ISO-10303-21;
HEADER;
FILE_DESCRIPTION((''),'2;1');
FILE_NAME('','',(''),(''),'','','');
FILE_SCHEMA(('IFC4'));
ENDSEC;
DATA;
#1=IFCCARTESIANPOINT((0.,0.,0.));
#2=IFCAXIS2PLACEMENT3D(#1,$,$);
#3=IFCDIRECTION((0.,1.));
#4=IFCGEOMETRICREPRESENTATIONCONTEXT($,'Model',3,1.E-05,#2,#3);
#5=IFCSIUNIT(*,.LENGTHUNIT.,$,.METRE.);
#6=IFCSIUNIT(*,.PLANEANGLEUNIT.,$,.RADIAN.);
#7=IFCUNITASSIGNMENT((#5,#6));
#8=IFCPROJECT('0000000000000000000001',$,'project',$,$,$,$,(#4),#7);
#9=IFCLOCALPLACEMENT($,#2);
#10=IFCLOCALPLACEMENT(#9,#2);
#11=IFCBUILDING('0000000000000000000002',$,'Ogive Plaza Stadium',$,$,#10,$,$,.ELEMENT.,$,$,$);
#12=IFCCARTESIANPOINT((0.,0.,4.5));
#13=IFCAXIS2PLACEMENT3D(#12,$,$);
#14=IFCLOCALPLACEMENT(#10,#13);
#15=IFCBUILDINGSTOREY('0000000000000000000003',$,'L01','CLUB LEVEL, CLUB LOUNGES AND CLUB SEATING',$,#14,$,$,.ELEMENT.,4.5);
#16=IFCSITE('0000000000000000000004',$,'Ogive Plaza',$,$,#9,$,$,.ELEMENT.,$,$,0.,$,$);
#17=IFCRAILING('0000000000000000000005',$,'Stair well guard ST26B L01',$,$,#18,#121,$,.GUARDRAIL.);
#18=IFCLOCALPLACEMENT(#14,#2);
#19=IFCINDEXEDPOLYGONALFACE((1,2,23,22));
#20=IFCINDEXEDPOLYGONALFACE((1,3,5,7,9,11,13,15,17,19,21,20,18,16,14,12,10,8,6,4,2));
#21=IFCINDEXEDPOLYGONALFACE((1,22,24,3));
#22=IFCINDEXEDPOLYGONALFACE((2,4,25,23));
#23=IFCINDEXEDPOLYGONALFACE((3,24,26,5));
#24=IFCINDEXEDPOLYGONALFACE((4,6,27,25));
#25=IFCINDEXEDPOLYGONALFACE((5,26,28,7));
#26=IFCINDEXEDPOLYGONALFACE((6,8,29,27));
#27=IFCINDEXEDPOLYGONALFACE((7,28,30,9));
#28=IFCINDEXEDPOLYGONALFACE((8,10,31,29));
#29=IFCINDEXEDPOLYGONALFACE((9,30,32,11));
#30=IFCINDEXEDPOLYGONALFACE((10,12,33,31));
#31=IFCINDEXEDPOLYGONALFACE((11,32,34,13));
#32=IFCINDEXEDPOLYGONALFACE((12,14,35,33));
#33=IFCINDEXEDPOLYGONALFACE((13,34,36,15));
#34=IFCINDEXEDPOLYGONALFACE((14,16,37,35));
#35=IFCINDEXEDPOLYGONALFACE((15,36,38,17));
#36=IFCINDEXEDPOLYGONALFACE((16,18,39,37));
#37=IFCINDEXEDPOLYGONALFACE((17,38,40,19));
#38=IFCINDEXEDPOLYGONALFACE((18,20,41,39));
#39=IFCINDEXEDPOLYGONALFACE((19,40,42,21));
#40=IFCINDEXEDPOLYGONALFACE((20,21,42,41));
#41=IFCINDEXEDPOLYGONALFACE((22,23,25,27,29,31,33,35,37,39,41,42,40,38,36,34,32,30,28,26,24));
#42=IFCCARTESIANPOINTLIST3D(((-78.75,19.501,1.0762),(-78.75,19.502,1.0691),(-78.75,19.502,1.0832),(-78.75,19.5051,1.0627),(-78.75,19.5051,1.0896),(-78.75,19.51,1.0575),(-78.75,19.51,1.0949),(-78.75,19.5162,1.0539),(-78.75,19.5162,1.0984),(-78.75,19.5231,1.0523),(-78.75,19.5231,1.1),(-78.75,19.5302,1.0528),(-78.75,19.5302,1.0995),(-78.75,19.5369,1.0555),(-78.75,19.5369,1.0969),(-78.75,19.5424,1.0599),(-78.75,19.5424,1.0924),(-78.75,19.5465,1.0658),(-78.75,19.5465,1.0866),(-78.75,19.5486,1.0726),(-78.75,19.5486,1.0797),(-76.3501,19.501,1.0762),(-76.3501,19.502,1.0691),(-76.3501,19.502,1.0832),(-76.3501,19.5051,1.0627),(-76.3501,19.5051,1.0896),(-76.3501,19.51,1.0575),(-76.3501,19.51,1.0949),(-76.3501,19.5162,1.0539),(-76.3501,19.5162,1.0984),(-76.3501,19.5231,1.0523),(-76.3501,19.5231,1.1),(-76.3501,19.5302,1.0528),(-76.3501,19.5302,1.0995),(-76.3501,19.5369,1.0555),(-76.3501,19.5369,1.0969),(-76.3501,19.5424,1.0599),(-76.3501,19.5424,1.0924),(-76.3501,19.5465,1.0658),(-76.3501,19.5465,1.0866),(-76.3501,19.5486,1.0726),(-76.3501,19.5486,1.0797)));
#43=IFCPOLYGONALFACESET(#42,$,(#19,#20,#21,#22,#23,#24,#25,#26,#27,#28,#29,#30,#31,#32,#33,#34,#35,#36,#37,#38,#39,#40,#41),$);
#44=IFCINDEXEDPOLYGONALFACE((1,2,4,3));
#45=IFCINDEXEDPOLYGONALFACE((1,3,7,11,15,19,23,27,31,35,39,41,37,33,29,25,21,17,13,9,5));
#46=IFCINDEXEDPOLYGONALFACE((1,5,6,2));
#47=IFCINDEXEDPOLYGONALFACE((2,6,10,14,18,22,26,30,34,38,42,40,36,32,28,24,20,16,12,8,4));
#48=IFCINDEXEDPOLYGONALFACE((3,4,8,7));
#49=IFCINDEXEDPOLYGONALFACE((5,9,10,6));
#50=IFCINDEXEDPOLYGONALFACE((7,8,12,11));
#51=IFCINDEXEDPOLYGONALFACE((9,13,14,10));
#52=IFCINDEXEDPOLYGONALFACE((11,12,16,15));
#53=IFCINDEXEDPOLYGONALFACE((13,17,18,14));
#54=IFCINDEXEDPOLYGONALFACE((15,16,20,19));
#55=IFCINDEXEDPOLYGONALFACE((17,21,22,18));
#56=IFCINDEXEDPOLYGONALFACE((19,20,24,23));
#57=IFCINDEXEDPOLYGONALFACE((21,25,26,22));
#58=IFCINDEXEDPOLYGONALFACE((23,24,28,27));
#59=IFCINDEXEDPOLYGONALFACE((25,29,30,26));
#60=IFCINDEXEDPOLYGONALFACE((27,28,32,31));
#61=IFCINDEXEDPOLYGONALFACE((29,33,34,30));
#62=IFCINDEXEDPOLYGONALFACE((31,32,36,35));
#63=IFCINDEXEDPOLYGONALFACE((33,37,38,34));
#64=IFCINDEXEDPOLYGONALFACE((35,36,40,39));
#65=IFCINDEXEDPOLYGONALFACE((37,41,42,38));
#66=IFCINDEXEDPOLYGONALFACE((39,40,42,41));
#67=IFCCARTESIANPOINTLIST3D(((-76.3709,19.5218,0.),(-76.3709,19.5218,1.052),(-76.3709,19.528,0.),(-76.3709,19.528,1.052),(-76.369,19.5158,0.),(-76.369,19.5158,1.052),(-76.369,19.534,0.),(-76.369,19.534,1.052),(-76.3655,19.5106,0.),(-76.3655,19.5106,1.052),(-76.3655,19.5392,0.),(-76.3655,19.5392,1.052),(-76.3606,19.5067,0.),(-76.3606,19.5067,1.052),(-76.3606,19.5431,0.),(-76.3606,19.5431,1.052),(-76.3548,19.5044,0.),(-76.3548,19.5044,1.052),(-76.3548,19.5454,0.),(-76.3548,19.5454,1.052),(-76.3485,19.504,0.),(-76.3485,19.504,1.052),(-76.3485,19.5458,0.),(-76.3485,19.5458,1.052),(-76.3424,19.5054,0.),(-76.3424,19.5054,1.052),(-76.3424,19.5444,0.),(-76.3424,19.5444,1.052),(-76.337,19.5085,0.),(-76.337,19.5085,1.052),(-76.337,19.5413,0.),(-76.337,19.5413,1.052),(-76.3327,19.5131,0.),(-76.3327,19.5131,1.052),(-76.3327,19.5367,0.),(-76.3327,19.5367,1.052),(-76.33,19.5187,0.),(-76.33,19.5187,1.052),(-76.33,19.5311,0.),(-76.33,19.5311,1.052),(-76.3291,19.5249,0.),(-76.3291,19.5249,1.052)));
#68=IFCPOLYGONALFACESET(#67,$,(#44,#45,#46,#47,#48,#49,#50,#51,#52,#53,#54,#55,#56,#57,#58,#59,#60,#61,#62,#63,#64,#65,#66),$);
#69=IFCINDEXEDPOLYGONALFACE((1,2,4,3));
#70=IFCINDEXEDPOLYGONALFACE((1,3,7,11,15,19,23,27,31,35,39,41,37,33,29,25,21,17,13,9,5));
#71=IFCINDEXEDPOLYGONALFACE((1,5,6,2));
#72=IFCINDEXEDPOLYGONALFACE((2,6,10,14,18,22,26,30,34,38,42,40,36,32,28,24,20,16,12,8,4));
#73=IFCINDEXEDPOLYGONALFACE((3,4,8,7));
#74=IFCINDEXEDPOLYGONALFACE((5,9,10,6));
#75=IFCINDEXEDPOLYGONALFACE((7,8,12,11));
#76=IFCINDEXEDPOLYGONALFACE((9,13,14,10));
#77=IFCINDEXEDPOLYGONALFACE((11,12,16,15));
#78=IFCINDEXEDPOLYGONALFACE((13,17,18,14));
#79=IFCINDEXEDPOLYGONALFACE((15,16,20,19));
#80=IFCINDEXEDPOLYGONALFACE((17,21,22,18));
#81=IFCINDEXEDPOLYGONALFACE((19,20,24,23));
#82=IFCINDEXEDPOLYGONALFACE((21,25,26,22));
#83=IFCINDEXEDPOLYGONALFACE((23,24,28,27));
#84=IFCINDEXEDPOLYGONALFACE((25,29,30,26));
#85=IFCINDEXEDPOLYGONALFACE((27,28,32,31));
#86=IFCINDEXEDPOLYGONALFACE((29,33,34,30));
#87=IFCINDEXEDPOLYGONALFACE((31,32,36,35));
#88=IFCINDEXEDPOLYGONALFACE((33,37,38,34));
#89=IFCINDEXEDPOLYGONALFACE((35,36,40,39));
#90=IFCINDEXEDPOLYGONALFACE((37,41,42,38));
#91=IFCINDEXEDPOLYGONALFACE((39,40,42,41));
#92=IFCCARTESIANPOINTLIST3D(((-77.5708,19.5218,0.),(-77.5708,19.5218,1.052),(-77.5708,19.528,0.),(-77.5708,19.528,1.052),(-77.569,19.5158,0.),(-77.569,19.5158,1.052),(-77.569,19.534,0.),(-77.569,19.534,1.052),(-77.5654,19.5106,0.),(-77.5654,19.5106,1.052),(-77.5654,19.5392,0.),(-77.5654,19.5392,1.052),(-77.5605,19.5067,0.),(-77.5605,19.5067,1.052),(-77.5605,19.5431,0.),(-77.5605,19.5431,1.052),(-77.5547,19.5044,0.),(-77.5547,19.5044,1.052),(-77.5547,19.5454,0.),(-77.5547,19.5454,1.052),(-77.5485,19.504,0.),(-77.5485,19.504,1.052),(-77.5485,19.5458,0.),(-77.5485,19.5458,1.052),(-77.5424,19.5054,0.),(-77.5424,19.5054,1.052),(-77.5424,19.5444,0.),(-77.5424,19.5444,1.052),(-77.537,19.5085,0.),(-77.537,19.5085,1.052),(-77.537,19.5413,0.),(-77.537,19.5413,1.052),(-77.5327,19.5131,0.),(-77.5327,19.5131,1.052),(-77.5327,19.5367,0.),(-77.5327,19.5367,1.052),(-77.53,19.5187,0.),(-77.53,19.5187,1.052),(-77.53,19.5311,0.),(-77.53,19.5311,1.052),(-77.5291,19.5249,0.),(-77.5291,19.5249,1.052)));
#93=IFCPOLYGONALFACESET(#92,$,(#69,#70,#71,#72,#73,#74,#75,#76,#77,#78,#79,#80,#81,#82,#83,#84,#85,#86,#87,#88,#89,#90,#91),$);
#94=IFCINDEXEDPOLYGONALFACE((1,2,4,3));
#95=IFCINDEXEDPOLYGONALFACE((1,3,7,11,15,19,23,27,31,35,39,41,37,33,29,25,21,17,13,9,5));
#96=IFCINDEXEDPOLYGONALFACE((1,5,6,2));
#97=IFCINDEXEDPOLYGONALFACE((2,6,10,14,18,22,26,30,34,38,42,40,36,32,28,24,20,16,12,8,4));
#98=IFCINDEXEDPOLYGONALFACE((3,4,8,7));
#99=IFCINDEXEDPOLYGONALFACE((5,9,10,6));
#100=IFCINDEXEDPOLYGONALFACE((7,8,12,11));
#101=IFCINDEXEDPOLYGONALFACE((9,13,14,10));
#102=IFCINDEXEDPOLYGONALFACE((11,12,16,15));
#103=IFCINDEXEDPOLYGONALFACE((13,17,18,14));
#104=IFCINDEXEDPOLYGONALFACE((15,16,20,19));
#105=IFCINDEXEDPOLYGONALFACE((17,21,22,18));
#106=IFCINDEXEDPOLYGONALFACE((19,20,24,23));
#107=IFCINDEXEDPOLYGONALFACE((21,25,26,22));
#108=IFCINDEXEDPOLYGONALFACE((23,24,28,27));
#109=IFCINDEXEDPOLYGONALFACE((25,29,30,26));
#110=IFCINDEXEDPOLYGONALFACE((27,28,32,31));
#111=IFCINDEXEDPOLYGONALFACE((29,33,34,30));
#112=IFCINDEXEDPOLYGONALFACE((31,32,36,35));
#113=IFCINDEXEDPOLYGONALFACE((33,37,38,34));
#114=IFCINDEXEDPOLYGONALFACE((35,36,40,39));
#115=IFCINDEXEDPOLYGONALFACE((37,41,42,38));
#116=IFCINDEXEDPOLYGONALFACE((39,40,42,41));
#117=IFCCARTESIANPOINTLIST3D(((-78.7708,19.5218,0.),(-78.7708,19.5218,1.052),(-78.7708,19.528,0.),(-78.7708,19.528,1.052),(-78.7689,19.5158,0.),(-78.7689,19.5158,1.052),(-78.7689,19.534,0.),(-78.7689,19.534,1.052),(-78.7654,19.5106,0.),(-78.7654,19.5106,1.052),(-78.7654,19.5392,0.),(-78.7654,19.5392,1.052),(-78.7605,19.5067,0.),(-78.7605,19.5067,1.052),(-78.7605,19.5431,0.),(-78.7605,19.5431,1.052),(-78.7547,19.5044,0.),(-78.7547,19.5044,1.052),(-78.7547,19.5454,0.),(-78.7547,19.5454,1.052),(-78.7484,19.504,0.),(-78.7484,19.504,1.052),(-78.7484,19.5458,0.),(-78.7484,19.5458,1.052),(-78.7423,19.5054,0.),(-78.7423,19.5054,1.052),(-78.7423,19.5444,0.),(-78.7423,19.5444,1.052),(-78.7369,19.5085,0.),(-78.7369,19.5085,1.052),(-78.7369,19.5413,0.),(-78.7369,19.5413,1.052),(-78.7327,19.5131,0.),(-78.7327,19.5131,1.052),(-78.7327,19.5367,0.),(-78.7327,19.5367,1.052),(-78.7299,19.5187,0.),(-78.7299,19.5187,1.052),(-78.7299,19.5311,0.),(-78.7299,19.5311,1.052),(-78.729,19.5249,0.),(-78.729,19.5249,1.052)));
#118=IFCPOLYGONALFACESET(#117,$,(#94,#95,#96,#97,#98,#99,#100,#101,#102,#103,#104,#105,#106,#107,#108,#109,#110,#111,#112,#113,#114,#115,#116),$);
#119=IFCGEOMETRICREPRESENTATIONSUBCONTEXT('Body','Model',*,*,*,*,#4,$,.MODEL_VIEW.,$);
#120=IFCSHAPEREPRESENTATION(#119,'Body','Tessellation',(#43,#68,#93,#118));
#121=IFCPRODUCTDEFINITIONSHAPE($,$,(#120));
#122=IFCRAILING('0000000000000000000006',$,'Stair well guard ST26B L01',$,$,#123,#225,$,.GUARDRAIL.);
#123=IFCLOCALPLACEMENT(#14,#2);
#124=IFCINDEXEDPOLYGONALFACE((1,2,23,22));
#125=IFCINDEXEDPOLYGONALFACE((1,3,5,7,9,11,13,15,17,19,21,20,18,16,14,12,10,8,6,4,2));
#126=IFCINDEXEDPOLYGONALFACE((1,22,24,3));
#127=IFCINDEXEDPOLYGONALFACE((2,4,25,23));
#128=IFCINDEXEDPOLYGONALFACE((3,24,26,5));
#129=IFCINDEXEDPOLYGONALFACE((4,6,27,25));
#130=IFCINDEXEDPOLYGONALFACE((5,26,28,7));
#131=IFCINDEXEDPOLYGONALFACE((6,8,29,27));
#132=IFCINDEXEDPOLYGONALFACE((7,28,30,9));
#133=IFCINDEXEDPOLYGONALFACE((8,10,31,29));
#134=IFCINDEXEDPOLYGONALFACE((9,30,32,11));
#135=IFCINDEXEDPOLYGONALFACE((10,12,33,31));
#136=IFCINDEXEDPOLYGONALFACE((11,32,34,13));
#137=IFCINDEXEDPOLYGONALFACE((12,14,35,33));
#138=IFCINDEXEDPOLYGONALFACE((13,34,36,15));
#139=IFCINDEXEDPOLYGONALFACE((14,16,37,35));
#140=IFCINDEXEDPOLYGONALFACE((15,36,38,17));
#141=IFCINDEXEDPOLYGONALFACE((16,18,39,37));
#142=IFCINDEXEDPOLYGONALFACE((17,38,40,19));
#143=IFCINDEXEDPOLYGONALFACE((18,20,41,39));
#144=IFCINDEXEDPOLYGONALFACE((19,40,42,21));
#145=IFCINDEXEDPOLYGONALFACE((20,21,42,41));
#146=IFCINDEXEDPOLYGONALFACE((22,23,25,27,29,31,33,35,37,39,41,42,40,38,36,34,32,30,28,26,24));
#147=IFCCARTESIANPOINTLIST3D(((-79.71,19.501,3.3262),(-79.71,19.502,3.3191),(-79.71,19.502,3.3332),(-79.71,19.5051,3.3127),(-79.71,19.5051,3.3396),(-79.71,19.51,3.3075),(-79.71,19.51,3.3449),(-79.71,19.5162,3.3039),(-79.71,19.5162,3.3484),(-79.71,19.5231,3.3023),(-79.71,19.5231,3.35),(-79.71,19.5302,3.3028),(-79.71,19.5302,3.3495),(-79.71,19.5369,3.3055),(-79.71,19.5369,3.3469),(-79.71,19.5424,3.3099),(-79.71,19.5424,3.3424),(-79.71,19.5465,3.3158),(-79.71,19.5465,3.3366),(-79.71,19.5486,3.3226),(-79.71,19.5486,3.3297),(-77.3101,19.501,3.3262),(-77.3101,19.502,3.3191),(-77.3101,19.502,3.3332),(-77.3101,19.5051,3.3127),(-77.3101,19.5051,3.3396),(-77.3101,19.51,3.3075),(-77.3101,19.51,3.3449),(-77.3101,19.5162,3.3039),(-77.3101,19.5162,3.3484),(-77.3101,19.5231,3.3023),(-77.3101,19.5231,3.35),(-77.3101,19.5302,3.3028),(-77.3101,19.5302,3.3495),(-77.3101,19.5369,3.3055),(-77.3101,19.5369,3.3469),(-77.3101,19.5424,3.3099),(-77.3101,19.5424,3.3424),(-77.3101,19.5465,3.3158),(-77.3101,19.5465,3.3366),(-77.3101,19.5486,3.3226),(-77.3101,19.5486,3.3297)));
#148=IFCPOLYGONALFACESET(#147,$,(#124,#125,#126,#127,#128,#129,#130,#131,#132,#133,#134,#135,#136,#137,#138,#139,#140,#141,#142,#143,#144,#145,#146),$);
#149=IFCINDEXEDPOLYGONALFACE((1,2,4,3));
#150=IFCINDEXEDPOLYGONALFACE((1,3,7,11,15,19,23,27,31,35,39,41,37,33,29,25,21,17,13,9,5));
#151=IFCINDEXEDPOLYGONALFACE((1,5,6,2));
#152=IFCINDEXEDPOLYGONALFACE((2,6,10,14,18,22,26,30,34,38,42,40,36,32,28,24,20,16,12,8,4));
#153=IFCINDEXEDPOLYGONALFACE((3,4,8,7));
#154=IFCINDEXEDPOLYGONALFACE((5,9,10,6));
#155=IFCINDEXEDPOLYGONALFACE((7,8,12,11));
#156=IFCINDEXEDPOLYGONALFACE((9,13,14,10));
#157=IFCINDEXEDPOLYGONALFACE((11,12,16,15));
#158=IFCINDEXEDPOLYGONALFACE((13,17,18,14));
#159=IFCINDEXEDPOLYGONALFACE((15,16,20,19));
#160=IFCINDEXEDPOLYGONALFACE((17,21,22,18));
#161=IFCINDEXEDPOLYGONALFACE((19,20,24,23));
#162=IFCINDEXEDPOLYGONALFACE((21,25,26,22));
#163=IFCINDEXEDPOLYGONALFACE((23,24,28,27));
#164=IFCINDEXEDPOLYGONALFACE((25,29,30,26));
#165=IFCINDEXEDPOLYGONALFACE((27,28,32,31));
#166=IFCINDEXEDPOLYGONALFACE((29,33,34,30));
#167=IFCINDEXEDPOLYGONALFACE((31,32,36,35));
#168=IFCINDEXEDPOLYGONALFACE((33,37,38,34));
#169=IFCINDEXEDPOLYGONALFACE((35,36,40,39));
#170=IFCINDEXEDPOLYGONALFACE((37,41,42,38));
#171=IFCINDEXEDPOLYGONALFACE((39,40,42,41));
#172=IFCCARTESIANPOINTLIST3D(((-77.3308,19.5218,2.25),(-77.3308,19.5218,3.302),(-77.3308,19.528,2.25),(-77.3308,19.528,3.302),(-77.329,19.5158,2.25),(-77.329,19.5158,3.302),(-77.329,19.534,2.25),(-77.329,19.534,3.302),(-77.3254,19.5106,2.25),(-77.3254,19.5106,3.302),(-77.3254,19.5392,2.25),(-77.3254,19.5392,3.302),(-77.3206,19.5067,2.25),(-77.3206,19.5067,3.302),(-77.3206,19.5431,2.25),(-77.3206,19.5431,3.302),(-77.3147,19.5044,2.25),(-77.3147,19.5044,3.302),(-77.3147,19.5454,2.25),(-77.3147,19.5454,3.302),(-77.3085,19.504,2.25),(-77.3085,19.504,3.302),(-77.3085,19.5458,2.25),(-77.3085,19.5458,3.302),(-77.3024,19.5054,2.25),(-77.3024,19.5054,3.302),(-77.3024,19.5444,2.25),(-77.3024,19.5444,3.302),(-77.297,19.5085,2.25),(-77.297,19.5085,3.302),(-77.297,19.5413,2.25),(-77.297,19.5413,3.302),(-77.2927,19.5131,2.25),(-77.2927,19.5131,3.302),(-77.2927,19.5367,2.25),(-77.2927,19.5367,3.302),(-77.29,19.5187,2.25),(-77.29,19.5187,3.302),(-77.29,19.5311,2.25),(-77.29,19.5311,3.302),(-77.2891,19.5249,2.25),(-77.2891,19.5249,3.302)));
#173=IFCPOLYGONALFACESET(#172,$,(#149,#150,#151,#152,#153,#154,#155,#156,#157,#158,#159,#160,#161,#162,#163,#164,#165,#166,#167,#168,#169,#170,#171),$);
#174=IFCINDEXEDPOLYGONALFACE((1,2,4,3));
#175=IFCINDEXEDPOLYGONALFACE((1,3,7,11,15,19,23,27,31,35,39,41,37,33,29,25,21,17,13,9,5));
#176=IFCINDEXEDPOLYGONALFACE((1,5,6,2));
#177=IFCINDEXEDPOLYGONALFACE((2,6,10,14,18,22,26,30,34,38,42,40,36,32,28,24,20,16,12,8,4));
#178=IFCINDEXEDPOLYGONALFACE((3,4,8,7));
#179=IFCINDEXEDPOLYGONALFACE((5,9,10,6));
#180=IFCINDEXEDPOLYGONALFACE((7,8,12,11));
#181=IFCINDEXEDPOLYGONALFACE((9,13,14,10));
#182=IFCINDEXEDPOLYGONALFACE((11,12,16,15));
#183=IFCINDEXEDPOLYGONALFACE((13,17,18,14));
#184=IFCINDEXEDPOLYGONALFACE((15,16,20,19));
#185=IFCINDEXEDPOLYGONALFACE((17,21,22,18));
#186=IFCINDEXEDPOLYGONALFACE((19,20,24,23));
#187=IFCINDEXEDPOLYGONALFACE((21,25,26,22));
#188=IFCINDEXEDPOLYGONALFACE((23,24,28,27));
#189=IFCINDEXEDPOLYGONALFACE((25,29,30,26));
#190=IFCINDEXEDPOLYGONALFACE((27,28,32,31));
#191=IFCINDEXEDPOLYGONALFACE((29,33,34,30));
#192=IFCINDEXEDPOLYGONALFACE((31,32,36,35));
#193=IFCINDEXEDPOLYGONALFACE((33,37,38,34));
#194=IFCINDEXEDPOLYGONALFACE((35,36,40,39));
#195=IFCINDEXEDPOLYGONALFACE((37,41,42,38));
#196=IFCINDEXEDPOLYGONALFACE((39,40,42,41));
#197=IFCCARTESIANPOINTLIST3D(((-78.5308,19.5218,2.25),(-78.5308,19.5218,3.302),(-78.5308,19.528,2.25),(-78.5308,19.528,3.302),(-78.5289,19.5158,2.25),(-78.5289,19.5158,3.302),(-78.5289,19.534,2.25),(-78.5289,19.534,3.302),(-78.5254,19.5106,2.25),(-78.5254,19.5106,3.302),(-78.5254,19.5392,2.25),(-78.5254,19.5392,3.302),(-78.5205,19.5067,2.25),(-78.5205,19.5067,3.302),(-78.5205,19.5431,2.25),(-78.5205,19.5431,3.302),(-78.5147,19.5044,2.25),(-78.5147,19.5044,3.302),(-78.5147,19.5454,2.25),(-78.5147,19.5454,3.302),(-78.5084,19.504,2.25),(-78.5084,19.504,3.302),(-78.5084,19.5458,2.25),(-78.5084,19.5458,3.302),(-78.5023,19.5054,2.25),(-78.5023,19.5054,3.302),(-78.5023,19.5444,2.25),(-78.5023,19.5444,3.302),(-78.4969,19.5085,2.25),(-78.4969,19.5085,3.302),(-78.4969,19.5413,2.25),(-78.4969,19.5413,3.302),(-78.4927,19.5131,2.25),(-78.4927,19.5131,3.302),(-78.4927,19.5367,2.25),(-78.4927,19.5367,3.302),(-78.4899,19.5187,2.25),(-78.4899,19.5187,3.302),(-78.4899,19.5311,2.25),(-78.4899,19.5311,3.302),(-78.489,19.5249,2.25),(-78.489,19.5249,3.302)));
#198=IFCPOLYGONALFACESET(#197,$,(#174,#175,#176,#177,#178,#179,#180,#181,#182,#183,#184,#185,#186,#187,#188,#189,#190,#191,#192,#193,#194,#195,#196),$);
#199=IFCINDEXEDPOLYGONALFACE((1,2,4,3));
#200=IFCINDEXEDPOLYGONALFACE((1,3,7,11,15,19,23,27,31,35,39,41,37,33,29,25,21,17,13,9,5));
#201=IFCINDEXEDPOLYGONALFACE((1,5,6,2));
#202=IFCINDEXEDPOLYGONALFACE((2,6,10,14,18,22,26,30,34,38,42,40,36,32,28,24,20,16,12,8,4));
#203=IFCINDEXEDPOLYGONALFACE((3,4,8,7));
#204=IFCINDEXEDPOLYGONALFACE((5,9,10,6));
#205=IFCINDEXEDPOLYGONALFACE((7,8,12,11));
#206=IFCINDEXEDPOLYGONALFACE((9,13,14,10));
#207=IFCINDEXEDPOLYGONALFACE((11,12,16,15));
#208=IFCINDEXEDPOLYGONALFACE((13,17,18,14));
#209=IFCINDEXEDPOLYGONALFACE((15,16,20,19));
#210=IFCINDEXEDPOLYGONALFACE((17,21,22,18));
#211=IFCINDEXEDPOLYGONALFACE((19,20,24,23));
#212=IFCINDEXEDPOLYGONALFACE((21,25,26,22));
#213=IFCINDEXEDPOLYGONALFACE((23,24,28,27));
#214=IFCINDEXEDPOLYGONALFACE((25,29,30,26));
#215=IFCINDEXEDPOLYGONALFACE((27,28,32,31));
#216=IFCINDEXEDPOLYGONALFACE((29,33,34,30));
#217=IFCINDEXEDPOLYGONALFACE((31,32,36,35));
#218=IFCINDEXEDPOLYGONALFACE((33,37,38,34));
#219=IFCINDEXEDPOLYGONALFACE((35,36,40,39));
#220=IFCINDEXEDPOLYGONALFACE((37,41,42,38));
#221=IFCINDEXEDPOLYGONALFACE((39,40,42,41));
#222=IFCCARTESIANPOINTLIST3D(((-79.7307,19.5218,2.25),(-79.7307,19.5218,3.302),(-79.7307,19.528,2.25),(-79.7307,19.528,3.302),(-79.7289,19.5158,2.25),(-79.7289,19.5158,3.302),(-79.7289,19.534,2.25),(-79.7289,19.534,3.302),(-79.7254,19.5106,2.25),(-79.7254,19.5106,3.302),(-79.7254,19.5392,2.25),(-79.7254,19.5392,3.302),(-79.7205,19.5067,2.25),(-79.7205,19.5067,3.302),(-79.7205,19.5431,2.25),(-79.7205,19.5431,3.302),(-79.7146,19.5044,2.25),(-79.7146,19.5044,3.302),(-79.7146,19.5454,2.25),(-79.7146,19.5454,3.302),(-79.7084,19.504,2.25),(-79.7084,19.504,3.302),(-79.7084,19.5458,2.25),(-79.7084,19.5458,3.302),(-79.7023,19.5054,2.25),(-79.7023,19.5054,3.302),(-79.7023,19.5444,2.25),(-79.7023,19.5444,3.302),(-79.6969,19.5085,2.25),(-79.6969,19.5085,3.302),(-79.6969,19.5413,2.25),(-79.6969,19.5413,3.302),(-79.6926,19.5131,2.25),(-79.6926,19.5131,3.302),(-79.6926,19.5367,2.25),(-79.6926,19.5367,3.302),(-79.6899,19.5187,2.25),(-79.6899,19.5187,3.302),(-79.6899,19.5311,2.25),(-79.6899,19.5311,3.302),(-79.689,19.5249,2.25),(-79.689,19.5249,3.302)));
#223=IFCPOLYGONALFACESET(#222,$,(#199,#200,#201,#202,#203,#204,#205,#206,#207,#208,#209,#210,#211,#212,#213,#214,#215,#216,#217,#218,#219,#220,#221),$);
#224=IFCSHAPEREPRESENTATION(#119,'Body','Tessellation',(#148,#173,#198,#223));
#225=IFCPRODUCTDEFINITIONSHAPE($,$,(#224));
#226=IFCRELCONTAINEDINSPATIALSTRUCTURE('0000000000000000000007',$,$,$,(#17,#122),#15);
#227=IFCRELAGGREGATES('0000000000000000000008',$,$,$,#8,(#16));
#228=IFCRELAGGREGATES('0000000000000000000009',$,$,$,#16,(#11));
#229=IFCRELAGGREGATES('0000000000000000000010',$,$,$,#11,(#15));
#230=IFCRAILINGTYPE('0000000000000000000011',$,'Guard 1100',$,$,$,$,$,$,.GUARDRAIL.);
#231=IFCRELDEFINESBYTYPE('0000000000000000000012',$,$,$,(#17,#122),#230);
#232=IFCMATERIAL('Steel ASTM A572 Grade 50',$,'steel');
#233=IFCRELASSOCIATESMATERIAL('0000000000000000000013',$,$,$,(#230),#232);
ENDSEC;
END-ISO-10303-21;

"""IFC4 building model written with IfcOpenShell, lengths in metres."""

from ifc_helpers import new_model, si_unit, direction, frame, origin, origin_2d, place, context, subcontext, project, spatial, circle, extrude, material, type_object, element, save


model = new_model("IFC4")

# Units and contexts
model_context = context("Model", 3, precision=1e-05, world=origin(), true_north=direction((0.0, 1.0)))
body_context = subcontext(model_context, "Body", "Model", "MODEL_VIEW")
ifc_project = project(units=[si_unit("LENGTHUNIT", "METRE"), si_unit("PLANEANGLEUNIT", "RADIAN")], contexts=[model_context])

# Site, building, storey
site_placement = place(None, origin())
site = spatial("IfcSite", under=ifc_project, at=site_placement, Name="Ogive Plaza", CompositionType="ELEMENT", RefElevation=0.0)
building_placement = place(site_placement, origin())
building = spatial("IfcBuilding", under=site, at=building_placement, Name="Ogive Plaza Stadium", CompositionType="ELEMENT")
storey_placement = place(building_placement, frame((0.0, 0.0, 4.5)))
storey = spatial("IfcBuildingStorey", under=building, at=storey_placement, Name="L01", Description="CLUB LEVEL, CLUB LOUNGES AND CLUB SEATING", CompositionType="ELEMENT", Elevation=4.5)

# Railings
ifc_material_1 = material(Name="Steel ASTM A572 Grade 50", Category="steel")
railing_type_1 = type_object("IfcRailingType", Name="Guard 1100", PredefinedType="GUARDRAIL", material=ifc_material_1)
for number, where, name in (
    (1, (-76.3501, 19.5249, 0.0), "Stair well guard ST26B L01"),
    (2, (-77.3101, 19.5249, 2.25), "Stair well guard ST26B L01"),
):
    element("IfcRailing", number, at=place(storey_placement, frame(where)), inside=storey, type_object=railing_type_1, Name=name, PredefinedType="GUARDRAIL", context=body_context, shape_type="SweptSolid", body=[
        extrude(circle(Radius=0.0239, at=origin_2d()), frame((0.0, 0.0, 1.0762), z_axis=(-1.0, 0.0, 0.0), x_axis=(0.0, -1.0, 0.0)), (0.0, 0.0, 1.0), 2.3999),
        extrude(circle(Radius=0.021, at=origin_2d()), origin(), (0.0, 0.0, 1.0), 1.052),
        extrude(circle(Radius=0.021, at=origin_2d()), frame((-1.2, 0.0, 0.0)), (0.0, 0.0, 1.0), 1.052),
        extrude(circle(Radius=0.021, at=origin_2d()), frame((-2.3999, 0.0, 0.0)), (0.0, 0.0, 1.0), 1.052),
    ])

save(model, "model.ifc")
